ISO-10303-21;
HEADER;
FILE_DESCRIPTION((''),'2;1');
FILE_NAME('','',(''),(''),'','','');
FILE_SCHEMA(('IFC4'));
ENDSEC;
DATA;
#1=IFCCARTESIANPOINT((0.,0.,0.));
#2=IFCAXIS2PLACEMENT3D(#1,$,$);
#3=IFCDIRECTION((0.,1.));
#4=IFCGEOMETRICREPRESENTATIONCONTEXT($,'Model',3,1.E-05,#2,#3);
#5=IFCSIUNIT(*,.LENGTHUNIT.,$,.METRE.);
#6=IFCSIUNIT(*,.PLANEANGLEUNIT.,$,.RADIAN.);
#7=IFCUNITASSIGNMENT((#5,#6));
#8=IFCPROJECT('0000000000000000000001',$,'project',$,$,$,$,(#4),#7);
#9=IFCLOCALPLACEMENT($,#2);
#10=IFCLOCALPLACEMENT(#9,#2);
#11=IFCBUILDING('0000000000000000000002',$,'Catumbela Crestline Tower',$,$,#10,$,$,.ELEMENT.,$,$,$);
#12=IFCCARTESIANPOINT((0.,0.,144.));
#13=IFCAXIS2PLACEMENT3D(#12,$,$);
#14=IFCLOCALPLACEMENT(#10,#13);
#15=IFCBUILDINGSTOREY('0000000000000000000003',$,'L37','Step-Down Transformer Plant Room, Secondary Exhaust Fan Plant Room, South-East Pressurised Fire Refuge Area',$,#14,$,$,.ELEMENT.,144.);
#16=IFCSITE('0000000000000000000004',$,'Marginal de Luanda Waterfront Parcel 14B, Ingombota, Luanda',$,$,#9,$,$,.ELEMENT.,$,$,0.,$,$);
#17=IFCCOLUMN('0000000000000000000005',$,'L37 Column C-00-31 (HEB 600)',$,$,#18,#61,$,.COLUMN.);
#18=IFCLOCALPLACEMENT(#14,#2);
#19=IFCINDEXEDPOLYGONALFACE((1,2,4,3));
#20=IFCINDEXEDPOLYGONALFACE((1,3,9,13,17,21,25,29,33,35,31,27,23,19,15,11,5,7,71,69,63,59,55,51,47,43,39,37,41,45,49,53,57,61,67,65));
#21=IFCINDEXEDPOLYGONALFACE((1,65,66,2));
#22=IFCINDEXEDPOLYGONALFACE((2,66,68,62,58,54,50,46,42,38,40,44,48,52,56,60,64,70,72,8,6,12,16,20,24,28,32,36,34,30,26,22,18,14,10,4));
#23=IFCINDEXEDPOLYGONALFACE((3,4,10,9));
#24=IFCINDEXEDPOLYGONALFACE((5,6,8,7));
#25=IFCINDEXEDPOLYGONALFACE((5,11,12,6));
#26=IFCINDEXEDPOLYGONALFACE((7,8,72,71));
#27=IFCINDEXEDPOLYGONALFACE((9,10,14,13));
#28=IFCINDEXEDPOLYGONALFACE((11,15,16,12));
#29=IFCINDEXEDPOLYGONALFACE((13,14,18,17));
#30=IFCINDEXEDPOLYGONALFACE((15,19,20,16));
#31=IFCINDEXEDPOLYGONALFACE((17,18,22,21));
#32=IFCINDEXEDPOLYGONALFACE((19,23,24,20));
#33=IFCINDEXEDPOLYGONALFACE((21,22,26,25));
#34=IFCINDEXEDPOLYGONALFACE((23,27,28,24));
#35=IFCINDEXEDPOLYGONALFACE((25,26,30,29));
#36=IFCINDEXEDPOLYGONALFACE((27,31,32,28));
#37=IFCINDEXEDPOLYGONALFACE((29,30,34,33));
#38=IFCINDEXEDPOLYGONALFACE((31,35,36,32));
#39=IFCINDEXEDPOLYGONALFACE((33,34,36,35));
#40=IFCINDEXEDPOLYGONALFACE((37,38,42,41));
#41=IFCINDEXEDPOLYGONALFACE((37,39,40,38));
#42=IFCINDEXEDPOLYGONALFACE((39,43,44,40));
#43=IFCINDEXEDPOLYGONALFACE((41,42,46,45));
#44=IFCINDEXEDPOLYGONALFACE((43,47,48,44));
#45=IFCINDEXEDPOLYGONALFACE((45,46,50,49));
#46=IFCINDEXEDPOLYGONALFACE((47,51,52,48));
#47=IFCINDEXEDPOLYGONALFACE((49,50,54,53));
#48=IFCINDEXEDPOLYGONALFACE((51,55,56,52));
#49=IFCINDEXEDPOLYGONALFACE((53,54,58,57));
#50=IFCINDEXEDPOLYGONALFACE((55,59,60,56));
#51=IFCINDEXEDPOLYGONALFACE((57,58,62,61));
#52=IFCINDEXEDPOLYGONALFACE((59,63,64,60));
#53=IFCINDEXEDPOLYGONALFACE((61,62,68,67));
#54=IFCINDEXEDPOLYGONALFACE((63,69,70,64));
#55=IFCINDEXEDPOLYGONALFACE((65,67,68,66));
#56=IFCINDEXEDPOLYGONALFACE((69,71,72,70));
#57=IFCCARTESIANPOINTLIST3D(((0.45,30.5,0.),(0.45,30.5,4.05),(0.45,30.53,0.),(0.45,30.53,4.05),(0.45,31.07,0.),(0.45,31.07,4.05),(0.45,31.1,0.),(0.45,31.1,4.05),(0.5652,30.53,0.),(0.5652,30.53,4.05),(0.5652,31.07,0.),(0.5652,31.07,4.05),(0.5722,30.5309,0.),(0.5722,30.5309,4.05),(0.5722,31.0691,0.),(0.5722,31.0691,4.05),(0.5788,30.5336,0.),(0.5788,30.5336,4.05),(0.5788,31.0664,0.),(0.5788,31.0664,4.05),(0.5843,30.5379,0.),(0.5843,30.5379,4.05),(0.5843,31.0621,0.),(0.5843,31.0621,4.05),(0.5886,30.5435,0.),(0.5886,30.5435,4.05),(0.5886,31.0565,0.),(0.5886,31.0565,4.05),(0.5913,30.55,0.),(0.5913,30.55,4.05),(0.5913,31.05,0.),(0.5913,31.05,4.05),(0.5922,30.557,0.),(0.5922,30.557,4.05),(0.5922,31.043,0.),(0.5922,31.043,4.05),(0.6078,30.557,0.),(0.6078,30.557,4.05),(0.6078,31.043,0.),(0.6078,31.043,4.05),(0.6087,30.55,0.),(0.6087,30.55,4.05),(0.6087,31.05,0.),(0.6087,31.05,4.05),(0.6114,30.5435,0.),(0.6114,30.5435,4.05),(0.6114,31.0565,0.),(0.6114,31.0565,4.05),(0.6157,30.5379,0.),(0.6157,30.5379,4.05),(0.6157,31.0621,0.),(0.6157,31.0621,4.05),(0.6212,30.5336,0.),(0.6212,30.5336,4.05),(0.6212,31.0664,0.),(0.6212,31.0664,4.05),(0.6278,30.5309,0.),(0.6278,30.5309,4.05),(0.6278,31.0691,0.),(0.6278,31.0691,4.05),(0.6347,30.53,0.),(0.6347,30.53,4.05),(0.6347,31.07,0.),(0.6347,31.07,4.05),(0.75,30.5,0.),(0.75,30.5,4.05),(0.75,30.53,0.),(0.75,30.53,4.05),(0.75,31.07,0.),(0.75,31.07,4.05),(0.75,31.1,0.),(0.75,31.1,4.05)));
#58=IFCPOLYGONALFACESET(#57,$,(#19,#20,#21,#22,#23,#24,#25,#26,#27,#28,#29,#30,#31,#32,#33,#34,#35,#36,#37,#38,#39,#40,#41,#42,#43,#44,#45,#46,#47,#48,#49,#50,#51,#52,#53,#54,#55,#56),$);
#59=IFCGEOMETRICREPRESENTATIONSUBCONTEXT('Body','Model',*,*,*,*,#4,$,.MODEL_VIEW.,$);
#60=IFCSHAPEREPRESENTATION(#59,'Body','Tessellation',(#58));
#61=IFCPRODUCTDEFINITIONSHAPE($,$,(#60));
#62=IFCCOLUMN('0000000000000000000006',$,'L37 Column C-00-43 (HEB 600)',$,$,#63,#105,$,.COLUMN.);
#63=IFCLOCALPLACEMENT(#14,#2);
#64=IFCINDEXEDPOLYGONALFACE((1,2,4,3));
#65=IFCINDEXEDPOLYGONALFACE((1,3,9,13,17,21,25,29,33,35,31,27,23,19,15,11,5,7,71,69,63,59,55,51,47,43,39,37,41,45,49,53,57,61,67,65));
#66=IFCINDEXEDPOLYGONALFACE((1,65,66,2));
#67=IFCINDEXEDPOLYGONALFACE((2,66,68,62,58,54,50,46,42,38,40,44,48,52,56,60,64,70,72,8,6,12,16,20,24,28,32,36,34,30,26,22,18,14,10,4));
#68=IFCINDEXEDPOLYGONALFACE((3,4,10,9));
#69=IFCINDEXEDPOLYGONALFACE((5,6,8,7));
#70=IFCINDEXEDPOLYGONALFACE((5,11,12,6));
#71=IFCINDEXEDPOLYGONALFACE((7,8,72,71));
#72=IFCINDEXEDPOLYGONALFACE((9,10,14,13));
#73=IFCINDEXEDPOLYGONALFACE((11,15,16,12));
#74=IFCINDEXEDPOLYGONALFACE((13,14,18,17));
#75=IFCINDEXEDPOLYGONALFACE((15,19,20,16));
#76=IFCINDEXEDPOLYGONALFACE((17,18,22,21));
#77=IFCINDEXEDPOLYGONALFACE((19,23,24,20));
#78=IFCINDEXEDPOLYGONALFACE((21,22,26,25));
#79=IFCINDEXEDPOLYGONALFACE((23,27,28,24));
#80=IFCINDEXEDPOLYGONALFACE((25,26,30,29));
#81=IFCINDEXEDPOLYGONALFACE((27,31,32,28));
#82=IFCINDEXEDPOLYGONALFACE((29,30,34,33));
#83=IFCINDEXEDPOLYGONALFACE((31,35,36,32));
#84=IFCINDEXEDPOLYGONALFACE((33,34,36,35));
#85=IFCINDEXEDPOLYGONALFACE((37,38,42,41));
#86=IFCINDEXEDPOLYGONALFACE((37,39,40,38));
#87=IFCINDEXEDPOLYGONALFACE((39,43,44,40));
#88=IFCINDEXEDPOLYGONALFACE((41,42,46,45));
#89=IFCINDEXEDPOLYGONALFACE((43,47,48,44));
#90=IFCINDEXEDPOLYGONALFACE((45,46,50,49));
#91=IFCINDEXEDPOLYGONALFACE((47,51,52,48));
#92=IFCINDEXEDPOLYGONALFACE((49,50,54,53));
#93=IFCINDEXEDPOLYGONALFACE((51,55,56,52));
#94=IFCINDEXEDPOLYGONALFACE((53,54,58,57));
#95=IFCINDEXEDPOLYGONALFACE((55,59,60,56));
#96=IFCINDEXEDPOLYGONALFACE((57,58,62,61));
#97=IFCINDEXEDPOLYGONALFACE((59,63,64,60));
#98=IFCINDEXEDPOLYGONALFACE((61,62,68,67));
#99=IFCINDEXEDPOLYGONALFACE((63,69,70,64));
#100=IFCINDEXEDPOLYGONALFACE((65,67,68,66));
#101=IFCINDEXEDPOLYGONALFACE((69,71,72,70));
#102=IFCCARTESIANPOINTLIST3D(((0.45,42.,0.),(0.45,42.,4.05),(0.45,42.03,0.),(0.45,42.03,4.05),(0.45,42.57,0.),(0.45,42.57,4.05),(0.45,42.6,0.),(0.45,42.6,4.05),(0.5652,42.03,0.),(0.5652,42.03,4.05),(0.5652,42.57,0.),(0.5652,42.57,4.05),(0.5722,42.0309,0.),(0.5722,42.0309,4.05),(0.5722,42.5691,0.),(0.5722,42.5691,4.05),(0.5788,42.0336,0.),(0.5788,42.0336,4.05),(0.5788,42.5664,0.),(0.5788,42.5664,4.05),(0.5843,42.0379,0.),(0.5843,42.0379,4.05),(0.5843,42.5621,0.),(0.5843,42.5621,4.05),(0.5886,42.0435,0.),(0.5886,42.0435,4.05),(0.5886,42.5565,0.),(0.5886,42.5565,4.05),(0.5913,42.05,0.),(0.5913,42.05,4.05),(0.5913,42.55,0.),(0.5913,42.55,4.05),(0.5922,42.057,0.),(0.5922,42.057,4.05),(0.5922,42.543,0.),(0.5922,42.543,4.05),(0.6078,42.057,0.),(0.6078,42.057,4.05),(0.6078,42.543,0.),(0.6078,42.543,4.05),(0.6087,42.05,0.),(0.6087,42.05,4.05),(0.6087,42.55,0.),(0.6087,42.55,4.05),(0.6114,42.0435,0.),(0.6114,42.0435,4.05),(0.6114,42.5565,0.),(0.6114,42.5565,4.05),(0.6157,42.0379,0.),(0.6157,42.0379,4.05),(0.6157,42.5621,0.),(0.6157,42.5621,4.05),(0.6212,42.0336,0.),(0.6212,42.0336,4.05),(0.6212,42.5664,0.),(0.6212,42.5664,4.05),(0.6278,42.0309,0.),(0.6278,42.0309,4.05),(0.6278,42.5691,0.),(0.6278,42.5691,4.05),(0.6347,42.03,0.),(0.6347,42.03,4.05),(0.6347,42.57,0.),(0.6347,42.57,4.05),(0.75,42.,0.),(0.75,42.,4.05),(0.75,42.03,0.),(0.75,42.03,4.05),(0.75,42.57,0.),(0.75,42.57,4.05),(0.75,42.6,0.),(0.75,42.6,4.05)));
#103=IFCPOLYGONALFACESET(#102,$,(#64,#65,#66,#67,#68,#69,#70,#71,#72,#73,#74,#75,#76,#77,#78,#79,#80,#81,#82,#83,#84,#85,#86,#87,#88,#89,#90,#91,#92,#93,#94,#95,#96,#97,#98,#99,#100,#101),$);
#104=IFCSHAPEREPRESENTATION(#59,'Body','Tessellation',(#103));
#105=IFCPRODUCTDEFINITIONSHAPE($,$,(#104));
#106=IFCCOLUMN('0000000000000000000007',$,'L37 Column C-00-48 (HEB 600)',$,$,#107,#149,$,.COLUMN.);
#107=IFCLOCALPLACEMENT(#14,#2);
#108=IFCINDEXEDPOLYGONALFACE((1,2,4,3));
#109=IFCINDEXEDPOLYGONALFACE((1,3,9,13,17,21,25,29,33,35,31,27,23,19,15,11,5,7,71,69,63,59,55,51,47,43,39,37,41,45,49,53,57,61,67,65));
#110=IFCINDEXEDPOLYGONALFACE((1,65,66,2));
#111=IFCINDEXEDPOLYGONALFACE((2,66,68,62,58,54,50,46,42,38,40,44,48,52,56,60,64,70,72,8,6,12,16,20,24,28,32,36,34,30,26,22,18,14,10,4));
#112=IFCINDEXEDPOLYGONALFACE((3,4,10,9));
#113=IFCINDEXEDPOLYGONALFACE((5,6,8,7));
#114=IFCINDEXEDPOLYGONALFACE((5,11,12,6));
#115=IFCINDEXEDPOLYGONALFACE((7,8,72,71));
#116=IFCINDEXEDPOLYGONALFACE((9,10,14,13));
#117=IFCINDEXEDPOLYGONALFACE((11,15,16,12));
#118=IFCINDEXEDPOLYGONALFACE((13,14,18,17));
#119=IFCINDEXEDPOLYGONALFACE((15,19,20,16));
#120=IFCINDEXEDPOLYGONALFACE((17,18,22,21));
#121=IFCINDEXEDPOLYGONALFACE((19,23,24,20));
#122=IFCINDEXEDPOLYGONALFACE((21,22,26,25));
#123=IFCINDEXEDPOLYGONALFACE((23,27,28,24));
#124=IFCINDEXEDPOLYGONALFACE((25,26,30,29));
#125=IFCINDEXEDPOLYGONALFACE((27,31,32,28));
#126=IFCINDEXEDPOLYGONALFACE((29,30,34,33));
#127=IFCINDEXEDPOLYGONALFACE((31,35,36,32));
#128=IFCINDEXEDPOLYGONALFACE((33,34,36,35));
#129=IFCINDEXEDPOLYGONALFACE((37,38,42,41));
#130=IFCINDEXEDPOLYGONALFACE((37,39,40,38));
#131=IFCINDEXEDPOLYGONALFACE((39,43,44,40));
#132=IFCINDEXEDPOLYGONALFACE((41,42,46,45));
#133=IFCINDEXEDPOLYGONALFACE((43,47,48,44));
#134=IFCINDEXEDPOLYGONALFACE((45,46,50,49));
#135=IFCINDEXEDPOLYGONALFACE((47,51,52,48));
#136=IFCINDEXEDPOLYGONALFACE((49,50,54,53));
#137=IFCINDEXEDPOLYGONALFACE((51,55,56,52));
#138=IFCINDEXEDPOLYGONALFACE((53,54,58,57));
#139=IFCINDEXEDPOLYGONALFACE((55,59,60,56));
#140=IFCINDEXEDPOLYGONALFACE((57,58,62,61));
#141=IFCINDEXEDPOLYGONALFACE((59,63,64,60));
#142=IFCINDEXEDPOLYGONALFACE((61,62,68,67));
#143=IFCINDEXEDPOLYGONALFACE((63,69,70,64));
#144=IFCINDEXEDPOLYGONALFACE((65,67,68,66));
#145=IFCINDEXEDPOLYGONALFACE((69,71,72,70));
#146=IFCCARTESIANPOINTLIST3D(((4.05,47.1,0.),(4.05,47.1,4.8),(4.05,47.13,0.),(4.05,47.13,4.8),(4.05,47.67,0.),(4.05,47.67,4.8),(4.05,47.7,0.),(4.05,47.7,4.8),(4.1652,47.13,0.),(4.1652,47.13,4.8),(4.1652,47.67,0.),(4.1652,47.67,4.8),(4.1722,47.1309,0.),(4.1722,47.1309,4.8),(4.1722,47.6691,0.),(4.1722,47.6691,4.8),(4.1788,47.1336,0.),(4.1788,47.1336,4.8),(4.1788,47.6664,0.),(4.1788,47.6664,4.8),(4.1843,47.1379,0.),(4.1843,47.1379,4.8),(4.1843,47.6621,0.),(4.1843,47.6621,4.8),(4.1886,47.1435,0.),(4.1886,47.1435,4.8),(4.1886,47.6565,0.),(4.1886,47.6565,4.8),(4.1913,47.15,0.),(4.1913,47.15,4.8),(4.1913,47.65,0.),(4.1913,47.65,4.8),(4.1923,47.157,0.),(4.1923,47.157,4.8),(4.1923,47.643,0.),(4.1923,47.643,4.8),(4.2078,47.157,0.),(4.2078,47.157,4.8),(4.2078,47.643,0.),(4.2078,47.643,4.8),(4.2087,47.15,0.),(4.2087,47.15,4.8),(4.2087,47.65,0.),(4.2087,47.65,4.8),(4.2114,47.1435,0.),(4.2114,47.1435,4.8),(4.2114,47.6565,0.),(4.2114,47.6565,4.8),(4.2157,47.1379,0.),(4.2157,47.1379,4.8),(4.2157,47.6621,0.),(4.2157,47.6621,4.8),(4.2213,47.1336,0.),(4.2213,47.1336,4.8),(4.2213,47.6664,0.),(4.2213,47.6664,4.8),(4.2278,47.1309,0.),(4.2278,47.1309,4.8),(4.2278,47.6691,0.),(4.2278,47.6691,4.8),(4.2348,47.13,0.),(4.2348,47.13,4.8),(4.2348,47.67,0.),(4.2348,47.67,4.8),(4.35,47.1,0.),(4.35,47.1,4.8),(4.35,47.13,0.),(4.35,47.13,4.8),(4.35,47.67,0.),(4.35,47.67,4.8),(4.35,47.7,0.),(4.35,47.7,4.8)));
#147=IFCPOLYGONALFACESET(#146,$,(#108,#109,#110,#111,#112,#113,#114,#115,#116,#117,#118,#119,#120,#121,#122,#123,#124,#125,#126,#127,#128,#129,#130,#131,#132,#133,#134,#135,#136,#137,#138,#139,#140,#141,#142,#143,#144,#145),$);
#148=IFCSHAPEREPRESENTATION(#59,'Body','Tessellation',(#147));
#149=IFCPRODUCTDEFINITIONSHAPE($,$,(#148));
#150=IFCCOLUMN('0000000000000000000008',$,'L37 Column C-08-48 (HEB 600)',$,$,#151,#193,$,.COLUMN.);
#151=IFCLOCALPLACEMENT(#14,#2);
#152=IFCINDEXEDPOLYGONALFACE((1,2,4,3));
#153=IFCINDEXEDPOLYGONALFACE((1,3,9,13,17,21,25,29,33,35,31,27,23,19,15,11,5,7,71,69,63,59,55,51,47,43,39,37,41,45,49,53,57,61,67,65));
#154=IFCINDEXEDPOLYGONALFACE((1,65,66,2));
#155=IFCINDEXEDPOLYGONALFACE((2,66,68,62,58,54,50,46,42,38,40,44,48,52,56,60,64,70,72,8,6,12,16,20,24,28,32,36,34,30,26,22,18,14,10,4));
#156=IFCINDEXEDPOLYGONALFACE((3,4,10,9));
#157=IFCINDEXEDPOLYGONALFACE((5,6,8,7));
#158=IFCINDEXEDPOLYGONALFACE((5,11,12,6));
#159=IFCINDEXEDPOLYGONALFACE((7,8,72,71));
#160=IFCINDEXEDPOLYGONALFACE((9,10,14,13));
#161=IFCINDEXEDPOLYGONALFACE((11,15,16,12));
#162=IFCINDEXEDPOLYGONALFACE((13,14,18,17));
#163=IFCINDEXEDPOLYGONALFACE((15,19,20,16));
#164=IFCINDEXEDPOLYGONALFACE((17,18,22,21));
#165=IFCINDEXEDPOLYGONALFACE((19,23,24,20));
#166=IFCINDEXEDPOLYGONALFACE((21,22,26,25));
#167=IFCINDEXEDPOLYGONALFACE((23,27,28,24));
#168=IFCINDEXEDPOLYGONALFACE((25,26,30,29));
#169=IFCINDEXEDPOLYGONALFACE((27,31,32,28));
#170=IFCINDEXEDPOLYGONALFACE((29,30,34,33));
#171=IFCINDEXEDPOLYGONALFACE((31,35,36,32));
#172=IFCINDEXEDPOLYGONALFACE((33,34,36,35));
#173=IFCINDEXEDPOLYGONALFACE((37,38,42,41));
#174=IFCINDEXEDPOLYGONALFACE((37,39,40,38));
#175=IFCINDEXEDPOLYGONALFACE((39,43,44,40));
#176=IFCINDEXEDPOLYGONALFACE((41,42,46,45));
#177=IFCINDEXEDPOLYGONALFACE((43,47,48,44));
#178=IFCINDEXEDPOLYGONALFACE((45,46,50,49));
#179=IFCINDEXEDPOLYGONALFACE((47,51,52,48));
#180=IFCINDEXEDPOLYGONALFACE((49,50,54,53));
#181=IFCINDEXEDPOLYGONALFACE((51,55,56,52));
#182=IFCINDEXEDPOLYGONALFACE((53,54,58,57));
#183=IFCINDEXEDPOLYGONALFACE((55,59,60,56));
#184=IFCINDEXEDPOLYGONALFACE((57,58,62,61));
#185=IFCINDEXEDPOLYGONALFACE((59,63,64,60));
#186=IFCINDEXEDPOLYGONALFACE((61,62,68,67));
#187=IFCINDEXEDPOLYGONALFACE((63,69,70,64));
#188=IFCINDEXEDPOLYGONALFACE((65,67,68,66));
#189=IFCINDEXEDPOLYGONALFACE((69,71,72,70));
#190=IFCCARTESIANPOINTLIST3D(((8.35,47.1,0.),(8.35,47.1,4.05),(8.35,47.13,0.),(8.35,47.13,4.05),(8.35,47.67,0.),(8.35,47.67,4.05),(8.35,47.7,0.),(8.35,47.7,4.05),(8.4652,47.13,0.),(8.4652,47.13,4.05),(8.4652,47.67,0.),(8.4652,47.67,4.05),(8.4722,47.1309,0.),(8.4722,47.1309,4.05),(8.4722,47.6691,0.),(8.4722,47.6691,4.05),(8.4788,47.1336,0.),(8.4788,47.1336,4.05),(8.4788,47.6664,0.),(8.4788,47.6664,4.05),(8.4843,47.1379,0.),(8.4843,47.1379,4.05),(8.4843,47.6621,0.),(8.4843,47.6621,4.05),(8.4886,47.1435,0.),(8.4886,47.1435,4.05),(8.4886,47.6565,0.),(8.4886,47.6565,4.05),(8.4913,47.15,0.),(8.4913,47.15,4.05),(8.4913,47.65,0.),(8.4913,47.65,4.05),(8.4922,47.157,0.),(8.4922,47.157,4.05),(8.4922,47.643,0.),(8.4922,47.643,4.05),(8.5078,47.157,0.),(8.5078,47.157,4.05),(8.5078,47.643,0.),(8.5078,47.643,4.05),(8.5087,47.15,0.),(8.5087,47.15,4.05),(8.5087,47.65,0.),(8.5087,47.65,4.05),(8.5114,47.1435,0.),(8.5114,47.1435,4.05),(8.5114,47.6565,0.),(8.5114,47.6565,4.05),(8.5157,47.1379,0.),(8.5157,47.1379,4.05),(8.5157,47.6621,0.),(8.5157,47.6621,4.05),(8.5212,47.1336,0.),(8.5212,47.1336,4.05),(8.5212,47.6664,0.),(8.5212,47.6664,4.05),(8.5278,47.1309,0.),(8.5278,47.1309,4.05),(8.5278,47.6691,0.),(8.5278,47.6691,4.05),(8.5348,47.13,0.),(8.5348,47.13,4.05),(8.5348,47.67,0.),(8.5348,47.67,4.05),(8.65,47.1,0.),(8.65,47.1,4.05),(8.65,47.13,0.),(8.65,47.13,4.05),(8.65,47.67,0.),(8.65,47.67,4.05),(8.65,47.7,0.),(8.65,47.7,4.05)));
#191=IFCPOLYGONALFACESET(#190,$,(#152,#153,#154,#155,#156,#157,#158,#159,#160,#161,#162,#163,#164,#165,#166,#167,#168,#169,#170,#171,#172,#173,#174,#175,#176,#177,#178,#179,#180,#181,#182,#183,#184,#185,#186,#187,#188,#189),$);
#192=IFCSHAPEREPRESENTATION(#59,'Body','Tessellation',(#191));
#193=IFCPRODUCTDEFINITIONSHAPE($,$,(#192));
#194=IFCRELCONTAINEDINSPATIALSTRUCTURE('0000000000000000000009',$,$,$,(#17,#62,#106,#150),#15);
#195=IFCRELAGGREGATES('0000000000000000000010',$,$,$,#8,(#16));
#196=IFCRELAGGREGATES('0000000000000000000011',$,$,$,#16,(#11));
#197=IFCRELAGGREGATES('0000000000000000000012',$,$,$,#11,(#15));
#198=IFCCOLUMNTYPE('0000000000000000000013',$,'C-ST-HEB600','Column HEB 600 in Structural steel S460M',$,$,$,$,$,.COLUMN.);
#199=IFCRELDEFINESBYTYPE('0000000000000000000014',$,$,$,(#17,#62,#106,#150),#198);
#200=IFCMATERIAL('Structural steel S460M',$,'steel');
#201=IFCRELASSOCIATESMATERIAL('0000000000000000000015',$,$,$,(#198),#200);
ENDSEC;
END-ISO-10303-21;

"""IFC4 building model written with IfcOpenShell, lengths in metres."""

from ifc_helpers import new_model, si_unit, direction, frame, origin, origin_2d, place, context, subcontext, project, spatial, i_section, extrude, material, material_profile, profile_set, type_object, element, save


model = new_model("IFC4")

# Units and contexts
model_context = context("Model", 3, precision=1e-05, world=origin(), true_north=direction((0.0, 1.0)))
body_context = subcontext(model_context, "Body", "Model", "MODEL_VIEW")
ifc_project = project(units=[si_unit("LENGTHUNIT", "METRE"), si_unit("PLANEANGLEUNIT", "RADIAN")], contexts=[model_context])

# Site, building, storey
site_placement = place(None, origin())
site = spatial("IfcSite", under=ifc_project, at=site_placement, Name="Marginal de Luanda Waterfront Parcel 14B, Ingombota, Luanda", CompositionType="ELEMENT", RefElevation=0.0)
building_placement = place(site_placement, origin())
building = spatial("IfcBuilding", under=site, at=building_placement, Name="Catumbela Crestline Tower", CompositionType="ELEMENT")
storey_placement = place(building_placement, frame((0.0, 0.0, 144.0)))
storey = spatial("IfcBuildingStorey", under=building, at=storey_placement, Name="L37", Description="Step-Down Transformer Plant Room, Secondary Exhaust Fan Plant Room, South-East Pressurised Fire Refuge Area", CompositionType="ELEMENT", Elevation=144.0)

# Columns
ifc_material_1 = material(Name="Structural steel S460M", Category="steel")
ifc_material_profile_1 = material_profile(ifc_material_1, i_section(OverallWidth=0.3, OverallDepth=0.6, WebThickness=0.0155, FlangeThickness=0.03, FilletRadius=0.027, at=origin_2d()), Name="HEB 600")
ifc_profile_set_1 = profile_set([ifc_material_profile_1], Name="Structural steel S460M")
column_type = type_object("IfcColumnType", Name="C-ST-HEB600", Description="Column HEB 600 in Structural steel S460M", PredefinedType="COLUMN", material=ifc_profile_set_1)
for number, where, z_axis, x_axis, name in (
    (1, (0.6, 30.8, 0.0), (0.0, 0.0, 1.0), (1.0, 0.0, 0.0), "L37 Column C-00-31 (HEB 600)"),
    (2, (0.6, 42.3, 0.0), (0.0, 0.0, 1.0), (1.0, 0.0, 0.0), "L37 Column C-00-43 (HEB 600)"),
):
    element("IfcColumn", number, at=place(storey_placement, frame(where, z_axis=z_axis, x_axis=x_axis)), inside=storey, type_object=column_type, Name=name, PredefinedType="COLUMN", context=body_context, shape_type="SweptSolid", body=[
        extrude(i_section(OverallWidth=0.3, OverallDepth=0.6, WebThickness=0.0155, FlangeThickness=0.03, FilletRadius=0.027, at=origin_2d()), origin(), (0.0, 0.0, 1.0), 4.05),
    ])
column_placement = place(storey_placement, frame((4.2, 47.4, 0.0), z_axis=(0.0, 0.0, 1.0), x_axis=(1.0, 0.0, 0.0)))
element("IfcColumn", 3, at=column_placement, inside=storey, type_object=column_type, Name="L37 Column C-00-48 (HEB 600)", PredefinedType="COLUMN", context=body_context, shape_type="SweptSolid", body=[
    extrude(i_section(OverallWidth=0.3, OverallDepth=0.6, WebThickness=0.0155, FlangeThickness=0.03, FilletRadius=0.027, at=origin_2d()), origin(), (0.0, 0.0, 1.0), 4.8),
])
for number, where, z_axis, x_axis, name in (
    (4, (8.5, 47.4, 0.0), (0.0, 0.0, 1.0), (1.0, 0.0, 0.0), "L37 Column C-08-48 (HEB 600)"),
):
    element("IfcColumn", number, at=place(storey_placement, frame(where, z_axis=z_axis, x_axis=x_axis)), inside=storey, type_object=column_type, Name=name, PredefinedType="COLUMN", context=body_context, shape_type="SweptSolid", body=[
        extrude(i_section(OverallWidth=0.3, OverallDepth=0.6, WebThickness=0.0155, FlangeThickness=0.03, FilletRadius=0.027, at=origin_2d()), origin(), (0.0, 0.0, 1.0), 4.05),
    ])

save(model, "model.ifc")
